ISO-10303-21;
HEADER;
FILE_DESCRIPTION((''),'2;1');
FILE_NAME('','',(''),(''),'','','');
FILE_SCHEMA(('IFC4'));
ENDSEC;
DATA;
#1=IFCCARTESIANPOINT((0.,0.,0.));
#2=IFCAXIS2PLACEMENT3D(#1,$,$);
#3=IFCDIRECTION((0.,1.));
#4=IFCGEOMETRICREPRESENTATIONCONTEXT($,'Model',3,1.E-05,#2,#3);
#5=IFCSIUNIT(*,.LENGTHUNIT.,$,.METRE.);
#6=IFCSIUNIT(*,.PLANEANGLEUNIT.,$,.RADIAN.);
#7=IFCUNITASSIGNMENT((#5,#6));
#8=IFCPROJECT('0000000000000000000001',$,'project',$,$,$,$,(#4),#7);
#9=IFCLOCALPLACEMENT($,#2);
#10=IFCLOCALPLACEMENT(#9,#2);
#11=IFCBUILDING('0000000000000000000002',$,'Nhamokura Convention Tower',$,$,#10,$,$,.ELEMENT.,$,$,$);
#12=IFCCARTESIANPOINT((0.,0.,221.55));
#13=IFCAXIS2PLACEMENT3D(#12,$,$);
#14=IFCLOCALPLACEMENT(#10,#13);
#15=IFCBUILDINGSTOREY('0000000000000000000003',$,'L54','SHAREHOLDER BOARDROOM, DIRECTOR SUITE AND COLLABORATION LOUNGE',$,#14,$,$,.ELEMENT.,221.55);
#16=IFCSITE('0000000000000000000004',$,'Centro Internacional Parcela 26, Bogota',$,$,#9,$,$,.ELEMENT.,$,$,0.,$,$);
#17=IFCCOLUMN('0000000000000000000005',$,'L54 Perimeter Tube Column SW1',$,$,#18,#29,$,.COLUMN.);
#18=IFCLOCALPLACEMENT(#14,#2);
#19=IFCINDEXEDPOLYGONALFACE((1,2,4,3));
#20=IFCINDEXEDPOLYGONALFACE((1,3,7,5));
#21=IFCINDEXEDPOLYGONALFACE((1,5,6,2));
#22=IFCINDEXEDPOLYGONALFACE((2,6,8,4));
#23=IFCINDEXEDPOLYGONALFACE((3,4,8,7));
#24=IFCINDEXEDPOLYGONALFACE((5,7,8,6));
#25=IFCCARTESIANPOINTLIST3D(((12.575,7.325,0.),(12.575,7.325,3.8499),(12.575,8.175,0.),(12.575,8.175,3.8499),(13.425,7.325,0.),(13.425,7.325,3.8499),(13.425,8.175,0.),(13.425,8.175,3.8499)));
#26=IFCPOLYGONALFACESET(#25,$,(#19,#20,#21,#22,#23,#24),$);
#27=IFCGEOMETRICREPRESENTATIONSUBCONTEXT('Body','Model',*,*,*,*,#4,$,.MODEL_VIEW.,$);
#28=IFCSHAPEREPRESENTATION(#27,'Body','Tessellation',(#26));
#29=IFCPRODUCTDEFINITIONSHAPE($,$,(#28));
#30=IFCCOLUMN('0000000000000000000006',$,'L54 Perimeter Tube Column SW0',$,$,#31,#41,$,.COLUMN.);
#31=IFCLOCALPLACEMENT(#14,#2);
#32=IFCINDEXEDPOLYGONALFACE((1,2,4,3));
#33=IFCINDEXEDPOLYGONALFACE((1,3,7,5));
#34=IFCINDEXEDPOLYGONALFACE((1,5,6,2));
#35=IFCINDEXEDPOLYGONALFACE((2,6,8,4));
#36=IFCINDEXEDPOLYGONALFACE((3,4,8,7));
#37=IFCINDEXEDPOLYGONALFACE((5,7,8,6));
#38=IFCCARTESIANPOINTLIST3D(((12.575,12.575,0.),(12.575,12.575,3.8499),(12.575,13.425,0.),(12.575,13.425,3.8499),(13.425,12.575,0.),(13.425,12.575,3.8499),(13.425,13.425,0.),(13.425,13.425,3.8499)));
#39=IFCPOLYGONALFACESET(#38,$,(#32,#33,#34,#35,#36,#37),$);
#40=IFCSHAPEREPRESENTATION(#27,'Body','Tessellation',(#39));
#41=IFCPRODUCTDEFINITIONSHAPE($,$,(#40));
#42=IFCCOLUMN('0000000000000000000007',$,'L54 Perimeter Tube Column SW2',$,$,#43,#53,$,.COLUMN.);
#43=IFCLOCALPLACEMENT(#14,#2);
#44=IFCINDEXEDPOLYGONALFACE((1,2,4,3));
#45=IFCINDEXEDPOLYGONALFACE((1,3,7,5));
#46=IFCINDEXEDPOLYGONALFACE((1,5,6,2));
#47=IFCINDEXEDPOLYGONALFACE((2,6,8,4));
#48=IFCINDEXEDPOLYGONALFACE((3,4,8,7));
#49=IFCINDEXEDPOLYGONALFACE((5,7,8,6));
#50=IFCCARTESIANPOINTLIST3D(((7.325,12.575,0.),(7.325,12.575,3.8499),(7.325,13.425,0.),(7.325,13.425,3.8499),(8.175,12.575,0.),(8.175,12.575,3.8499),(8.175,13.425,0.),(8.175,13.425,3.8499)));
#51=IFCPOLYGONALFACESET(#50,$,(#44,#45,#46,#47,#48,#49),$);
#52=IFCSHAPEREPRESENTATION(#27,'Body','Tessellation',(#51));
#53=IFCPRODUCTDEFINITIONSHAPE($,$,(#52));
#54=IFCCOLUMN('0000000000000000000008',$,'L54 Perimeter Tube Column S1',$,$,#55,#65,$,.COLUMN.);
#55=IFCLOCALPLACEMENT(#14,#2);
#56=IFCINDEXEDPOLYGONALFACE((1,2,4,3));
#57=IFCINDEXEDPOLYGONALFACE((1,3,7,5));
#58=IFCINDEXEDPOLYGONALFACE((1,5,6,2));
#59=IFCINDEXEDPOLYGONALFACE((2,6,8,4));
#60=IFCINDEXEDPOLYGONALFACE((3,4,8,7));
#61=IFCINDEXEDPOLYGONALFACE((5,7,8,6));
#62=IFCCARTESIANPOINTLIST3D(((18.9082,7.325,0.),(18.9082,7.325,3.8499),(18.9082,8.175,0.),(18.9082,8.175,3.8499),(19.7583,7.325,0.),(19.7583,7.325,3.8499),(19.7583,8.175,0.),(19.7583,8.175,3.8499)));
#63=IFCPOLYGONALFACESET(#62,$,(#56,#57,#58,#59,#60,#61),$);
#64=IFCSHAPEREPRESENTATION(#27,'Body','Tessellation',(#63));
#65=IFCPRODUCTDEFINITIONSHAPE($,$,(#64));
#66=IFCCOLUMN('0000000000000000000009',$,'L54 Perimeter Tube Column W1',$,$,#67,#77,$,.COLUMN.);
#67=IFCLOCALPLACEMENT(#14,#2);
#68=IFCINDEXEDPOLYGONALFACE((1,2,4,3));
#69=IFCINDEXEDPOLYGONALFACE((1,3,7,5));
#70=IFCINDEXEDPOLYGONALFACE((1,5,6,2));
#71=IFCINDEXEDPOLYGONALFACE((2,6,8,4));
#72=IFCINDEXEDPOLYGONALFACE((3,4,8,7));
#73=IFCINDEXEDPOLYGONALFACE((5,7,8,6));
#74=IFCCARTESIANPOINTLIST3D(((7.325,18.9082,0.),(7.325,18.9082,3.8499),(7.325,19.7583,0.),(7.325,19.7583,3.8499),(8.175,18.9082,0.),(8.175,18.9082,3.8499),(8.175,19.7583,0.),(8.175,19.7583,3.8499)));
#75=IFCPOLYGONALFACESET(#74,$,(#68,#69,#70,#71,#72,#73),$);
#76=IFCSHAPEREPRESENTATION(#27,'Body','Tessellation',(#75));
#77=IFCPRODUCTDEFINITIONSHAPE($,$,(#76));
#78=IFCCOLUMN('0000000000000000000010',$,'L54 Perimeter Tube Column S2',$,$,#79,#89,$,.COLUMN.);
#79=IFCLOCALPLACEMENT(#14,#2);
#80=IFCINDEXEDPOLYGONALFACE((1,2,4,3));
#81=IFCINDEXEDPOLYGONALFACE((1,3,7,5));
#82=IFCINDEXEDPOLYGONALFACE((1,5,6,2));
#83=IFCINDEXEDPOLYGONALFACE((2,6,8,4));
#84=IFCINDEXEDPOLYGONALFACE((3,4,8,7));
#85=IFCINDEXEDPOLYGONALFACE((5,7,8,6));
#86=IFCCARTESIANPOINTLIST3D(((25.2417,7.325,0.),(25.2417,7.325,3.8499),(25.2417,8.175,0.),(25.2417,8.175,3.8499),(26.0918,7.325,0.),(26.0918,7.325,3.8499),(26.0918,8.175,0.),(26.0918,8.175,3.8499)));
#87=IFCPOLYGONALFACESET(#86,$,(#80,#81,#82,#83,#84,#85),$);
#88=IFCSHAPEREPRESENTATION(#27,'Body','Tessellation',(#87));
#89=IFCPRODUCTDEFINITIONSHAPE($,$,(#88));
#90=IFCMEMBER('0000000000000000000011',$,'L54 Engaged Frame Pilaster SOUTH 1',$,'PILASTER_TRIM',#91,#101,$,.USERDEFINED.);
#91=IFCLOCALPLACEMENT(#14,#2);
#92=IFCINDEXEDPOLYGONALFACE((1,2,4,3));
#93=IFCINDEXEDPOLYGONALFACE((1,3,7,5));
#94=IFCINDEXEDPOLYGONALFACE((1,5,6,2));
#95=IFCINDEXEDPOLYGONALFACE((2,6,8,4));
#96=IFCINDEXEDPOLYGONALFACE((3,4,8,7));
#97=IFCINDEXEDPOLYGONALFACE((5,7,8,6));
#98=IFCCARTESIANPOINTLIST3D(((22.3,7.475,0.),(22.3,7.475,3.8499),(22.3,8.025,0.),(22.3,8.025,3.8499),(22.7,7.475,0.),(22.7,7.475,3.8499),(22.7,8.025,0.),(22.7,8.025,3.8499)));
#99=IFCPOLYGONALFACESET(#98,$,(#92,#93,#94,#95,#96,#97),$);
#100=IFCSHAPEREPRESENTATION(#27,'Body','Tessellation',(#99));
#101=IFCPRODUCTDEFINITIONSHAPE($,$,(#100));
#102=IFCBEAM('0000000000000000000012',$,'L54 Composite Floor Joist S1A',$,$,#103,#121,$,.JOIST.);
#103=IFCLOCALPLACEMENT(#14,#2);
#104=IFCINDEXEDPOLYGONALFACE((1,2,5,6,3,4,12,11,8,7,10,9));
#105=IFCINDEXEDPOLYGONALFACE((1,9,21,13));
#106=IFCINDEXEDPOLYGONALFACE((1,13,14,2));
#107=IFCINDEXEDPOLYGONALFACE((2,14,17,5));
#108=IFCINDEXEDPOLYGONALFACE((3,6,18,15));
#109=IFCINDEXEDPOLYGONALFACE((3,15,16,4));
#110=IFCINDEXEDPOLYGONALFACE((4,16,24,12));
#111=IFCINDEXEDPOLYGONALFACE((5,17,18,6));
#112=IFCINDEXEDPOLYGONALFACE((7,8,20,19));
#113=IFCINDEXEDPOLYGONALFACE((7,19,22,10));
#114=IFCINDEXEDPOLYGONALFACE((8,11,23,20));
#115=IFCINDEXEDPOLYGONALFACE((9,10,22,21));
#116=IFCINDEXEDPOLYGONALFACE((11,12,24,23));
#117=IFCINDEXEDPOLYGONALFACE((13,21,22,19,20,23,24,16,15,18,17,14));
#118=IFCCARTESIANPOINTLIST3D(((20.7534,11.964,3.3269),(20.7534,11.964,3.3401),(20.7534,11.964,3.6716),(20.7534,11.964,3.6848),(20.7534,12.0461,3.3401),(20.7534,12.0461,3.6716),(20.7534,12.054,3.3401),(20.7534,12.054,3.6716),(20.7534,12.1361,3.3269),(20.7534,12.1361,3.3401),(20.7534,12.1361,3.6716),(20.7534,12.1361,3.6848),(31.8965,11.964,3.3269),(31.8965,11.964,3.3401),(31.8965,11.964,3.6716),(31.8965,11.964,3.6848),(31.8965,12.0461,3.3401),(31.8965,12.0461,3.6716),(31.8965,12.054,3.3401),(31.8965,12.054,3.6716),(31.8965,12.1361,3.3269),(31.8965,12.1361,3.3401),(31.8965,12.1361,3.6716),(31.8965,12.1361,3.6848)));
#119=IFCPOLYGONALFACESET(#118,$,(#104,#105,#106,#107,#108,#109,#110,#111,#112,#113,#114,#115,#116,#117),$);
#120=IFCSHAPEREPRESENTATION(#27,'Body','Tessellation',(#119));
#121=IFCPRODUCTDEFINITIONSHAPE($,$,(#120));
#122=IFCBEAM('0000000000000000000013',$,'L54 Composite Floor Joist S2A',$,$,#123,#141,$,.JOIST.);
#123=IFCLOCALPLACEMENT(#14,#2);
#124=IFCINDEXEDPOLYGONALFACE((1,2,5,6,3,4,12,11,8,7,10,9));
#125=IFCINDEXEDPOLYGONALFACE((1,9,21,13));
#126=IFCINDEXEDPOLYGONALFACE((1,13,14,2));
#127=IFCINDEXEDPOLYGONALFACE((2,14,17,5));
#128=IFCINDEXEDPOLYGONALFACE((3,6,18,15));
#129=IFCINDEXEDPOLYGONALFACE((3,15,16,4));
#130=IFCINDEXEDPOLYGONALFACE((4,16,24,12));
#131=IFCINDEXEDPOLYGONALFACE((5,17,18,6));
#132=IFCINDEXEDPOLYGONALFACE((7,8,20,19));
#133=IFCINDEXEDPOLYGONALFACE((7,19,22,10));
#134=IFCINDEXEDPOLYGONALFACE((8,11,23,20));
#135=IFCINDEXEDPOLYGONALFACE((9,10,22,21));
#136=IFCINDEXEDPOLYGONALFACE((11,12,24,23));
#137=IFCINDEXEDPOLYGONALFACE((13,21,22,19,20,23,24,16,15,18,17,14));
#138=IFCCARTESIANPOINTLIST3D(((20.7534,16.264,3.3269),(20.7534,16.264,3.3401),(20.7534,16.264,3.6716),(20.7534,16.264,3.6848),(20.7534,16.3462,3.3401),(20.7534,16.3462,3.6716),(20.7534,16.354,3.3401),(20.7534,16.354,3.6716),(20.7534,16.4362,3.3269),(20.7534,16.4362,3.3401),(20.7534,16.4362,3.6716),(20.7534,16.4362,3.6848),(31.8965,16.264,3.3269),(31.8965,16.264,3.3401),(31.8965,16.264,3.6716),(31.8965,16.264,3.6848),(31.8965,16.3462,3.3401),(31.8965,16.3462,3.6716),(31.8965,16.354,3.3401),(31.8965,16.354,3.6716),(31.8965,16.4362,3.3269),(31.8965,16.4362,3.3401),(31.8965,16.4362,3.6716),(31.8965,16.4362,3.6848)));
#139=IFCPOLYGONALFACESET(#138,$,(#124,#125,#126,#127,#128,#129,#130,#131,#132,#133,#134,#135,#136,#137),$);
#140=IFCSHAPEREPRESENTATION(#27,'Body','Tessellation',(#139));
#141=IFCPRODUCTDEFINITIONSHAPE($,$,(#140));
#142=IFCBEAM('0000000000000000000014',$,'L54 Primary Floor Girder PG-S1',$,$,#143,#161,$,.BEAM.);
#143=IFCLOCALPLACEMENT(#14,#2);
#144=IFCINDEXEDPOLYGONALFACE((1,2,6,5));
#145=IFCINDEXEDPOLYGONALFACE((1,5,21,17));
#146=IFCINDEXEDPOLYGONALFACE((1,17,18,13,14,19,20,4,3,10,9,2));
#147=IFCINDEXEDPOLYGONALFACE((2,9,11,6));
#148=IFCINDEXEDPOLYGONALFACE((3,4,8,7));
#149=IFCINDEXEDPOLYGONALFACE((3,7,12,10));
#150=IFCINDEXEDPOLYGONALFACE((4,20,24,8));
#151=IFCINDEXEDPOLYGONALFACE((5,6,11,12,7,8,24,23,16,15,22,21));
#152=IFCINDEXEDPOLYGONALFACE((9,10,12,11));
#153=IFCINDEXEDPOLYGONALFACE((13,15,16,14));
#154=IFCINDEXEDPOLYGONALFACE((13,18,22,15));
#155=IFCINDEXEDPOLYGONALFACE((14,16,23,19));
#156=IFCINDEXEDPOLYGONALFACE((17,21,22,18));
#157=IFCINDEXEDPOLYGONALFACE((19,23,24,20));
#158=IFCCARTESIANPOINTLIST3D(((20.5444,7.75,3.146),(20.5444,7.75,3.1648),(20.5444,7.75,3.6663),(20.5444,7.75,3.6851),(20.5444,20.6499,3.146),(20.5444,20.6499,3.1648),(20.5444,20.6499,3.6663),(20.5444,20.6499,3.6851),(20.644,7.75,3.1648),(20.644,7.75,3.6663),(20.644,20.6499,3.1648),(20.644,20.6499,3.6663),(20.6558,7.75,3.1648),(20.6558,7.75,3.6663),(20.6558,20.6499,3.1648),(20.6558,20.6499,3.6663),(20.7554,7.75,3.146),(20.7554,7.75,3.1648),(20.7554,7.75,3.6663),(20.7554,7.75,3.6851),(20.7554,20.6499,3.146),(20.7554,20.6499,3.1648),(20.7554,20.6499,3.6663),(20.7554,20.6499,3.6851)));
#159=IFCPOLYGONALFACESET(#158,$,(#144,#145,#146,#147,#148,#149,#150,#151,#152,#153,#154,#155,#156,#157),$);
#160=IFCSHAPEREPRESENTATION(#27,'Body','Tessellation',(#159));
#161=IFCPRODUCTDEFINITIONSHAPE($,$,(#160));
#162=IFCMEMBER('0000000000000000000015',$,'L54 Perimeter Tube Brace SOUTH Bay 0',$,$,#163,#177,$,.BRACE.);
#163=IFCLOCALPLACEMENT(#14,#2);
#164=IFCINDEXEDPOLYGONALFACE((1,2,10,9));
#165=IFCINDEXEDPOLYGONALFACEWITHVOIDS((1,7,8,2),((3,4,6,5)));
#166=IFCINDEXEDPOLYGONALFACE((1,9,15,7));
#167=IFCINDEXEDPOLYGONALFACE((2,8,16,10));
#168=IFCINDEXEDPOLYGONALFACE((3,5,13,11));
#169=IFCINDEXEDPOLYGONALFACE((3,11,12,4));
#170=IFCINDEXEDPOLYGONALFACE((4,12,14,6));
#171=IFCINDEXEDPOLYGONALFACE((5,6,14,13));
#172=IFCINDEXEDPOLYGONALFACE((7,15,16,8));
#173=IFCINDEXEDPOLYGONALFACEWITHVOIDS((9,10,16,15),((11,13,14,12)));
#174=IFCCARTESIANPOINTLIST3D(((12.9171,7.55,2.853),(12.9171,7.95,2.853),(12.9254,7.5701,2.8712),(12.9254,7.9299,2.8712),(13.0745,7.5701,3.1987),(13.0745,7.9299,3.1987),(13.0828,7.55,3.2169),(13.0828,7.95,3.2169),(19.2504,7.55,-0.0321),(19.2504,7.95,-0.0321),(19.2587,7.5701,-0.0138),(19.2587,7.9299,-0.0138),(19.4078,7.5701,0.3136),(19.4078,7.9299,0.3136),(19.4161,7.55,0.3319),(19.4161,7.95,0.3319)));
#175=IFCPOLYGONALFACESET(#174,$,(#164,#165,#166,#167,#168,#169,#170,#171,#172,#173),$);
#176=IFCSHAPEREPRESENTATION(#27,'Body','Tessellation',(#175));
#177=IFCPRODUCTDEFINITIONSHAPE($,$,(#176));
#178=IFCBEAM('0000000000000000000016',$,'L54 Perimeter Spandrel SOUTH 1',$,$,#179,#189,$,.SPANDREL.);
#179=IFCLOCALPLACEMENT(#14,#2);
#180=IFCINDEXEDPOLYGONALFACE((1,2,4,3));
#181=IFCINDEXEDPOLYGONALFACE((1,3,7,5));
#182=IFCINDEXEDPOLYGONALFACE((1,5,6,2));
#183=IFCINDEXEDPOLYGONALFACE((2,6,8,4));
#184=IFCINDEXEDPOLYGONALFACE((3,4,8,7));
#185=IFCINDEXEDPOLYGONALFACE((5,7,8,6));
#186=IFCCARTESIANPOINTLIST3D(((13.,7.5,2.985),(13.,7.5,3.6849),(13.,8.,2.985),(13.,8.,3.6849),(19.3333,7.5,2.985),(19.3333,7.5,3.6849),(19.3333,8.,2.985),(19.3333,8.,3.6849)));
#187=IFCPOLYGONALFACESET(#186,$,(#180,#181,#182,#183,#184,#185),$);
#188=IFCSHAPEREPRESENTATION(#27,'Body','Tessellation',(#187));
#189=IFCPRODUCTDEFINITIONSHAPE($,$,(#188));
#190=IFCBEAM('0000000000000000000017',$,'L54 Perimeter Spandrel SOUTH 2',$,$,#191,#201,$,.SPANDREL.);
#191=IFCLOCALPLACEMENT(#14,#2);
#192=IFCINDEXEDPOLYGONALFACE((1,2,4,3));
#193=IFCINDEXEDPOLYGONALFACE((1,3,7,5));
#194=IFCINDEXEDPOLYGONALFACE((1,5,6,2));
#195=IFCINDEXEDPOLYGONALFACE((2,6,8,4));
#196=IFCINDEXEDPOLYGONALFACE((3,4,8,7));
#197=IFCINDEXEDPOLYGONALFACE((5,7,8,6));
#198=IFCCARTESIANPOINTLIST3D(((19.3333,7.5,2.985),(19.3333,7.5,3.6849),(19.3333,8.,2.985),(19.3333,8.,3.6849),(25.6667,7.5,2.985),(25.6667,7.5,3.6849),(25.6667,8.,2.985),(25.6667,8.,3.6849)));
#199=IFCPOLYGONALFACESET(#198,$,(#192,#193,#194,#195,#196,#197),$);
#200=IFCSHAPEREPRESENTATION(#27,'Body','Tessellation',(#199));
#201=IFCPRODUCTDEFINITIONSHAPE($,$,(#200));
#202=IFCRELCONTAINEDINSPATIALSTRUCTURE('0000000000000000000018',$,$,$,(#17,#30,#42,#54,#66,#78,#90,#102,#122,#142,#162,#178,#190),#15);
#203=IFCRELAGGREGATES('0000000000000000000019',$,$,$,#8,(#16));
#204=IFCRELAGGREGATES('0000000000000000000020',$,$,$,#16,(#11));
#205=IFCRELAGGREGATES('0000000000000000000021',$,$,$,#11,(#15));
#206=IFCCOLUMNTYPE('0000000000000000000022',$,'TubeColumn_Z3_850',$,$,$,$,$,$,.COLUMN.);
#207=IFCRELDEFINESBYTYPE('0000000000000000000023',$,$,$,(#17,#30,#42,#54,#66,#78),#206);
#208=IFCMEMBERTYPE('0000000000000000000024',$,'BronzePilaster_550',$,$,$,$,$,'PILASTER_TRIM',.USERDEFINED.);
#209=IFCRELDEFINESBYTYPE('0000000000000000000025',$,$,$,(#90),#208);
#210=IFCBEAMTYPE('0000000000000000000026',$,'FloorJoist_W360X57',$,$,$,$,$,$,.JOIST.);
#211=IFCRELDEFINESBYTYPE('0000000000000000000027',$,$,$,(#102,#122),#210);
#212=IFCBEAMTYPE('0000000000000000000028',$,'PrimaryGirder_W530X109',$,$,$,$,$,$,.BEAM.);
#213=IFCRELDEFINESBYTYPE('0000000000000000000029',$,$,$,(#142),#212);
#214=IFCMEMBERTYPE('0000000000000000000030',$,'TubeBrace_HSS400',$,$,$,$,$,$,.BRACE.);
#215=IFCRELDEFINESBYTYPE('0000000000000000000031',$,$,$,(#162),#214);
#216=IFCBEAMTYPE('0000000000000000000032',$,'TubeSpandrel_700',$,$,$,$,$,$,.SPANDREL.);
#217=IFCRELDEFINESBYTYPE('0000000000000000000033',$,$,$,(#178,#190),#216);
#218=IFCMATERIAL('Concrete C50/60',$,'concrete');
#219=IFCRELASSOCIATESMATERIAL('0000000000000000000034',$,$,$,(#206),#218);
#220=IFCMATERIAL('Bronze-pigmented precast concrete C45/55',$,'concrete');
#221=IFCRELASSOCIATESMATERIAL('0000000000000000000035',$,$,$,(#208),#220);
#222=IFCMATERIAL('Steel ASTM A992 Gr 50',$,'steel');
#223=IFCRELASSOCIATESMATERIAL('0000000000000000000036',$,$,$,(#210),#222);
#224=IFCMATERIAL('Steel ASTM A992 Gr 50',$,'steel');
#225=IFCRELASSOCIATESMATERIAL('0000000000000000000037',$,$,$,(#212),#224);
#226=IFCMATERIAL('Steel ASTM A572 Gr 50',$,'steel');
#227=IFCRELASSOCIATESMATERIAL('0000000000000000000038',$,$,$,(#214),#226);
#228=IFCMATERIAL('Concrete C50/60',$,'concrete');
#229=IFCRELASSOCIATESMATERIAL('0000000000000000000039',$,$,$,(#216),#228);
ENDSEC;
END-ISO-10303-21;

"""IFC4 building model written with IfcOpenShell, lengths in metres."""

from ifc_helpers import new_model, si_unit, direction, frame, origin, origin_2d, place, context, subcontext, project, spatial, rectangle, hollow_rectangle, i_section, extrude, material, material_profile, profile_set, type_object, element, save


model = new_model("IFC4")

# Units and contexts
model_context = context("Model", 3, precision=1e-05, world=origin(), true_north=direction((0.0, 1.0)))
body_context = subcontext(model_context, "Body", "Model", "MODEL_VIEW")
ifc_project = project(units=[si_unit("LENGTHUNIT", "METRE"), si_unit("PLANEANGLEUNIT", "RADIAN")], contexts=[model_context])

# Site, building, storey
site_placement = place(None, origin())
site = spatial("IfcSite", under=ifc_project, at=site_placement, Name="Centro Internacional Parcela 26, Bogota", CompositionType="ELEMENT", RefElevation=0.0)
building_placement = place(site_placement, origin())
building = spatial("IfcBuilding", under=site, at=building_placement, Name="Nhamokura Convention Tower", CompositionType="ELEMENT")
storey_placement = place(building_placement, frame((0.0, 0.0, 221.55)))
storey = spatial("IfcBuildingStorey", under=building, at=storey_placement, Name="L54", Description="SHAREHOLDER BOARDROOM, DIRECTOR SUITE AND COLLABORATION LOUNGE", CompositionType="ELEMENT", Elevation=221.55)

# Columns
ifc_material_1 = material(Name="Concrete C50/60", Category="concrete")
ifc_material_profile_1 = material_profile(ifc_material_1, rectangle(XDim=0.8501, YDim=0.8501, at=origin_2d()))
ifc_profile_set_1 = profile_set([ifc_material_profile_1], Name="Concrete C50/60")
column_type = type_object("IfcColumnType", Name="TubeColumn_Z3_850", PredefinedType="COLUMN", material=ifc_profile_set_1)
for number, where, z_axis, x_axis, name in (
    (1, (13.0, 7.75, 0.0), (0.0, 0.0, 1.0), (1.0, 0.0, 0.0), "L54 Perimeter Tube Column SW1"),
    (2, (13.0, 13.0, 0.0), (0.0, 0.0, 1.0), (1.0, 0.0, 0.0), "L54 Perimeter Tube Column SW0"),
    (3, (7.75, 13.0, 0.0), (0.0, 0.0, 1.0), (1.0, 0.0, 0.0), "L54 Perimeter Tube Column SW2"),
    (4, (19.3333, 7.75, 0.0), (0.0, 0.0, 1.0), (1.0, 0.0, 0.0), "L54 Perimeter Tube Column S1"),
    (5, (7.75, 19.3333, 0.0), (0.0, 0.0, 1.0), (1.0, 0.0, 0.0), "L54 Perimeter Tube Column W1"),
    (6, (25.6667, 7.75, 0.0), (0.0, 0.0, 1.0), (1.0, 0.0, 0.0), "L54 Perimeter Tube Column S2"),
):
    element("IfcColumn", number, at=place(storey_placement, frame(where, z_axis=z_axis, x_axis=x_axis)), inside=storey, type_object=column_type, Name=name, PredefinedType="COLUMN", context=body_context, shape_type="SweptSolid", body=[
        extrude(rectangle(XDim=0.8501, YDim=0.8501, at=origin_2d()), origin(), (0.0, 0.0, 1.0), 3.8499),
    ])

# Member
ifc_material_2 = material(Name="Bronze-pigmented precast concrete C45/55", Category="concrete")
ifc_material_profile_2 = material_profile(ifc_material_2, rectangle(XDim=0.3999, YDim=0.55, at=origin_2d()))
ifc_profile_set_2 = profile_set([ifc_material_profile_2], Name="Bronze-pigmented precast concrete C45/55")
member_type_1 = type_object("IfcMemberType", Name="BronzePilaster_550", ElementType="PILASTER_TRIM", PredefinedType="USERDEFINED", material=ifc_profile_set_2)
member_1_placement = place(storey_placement, frame((22.5, 7.75, 0.0), z_axis=(0.0, 0.0, 1.0), x_axis=(1.0, 0.0, 0.0)))
element("IfcMember", 7, at=member_1_placement, inside=storey, type_object=member_type_1, Name="L54 Engaged Frame Pilaster SOUTH 1", ObjectType="PILASTER_TRIM", PredefinedType="USERDEFINED", context=body_context, shape_type="SweptSolid", body=[
    extrude(rectangle(XDim=0.3999, YDim=0.55, at=origin_2d()), origin(), (0.0, 0.0, 1.0), 3.8499),
])

# Beams
ifc_material_3 = material(Name="Steel ASTM A992 Gr 50", Category="steel")
ifc_material_profile_3 = material_profile(ifc_material_3, i_section(OverallWidth=0.1721, OverallDepth=0.3579, WebThickness=0.0078, FlangeThickness=0.0132, at=origin_2d()))
ifc_profile_set_3 = profile_set([ifc_material_profile_3], Name="Steel ASTM A992 Gr 50")
beam_type_1 = type_object("IfcBeamType", Name="FloorJoist_W360X57", PredefinedType="JOIST", material=ifc_profile_set_3)
for number, where, z_axis, x_axis, name in (
    (8, (20.7534, 12.05, 3.5059), (1.0, 0.0, 0.0), (0.0, 1.0, 0.0), "L54 Composite Floor Joist S1A"),
    (9, (20.7534, 16.3501, 3.5059), (1.0, 0.0, 0.0), (0.0, 1.0, 0.0), "L54 Composite Floor Joist S2A"),
):
    element("IfcBeam", number, at=place(storey_placement, frame(where, z_axis=z_axis, x_axis=x_axis)), inside=storey, type_object=beam_type_1, Name=name, PredefinedType="JOIST", context=body_context, shape_type="SweptSolid", body=[
        extrude(i_section(OverallWidth=0.1721, OverallDepth=0.3579, WebThickness=0.0078, FlangeThickness=0.0132, at=origin_2d()), origin(), (0.0, 0.0, 1.0), 11.1431),
    ])
ifc_material_4 = material(Name="Steel ASTM A992 Gr 50", Category="steel")
ifc_material_profile_4 = material_profile(ifc_material_4, i_section(OverallWidth=0.2109, OverallDepth=0.5391, WebThickness=0.0117, FlangeThickness=0.0188, at=origin_2d()))
ifc_profile_set_4 = profile_set([ifc_material_profile_4], Name="Steel ASTM A992 Gr 50")
beam_type_2 = type_object("IfcBeamType", Name="PrimaryGirder_W530X109", PredefinedType="BEAM", material=ifc_profile_set_4)
beam_1_placement = place(storey_placement, frame((20.6499, 7.75, 3.4155), z_axis=(0.0, 1.0, 0.0), x_axis=(-1.0, 0.0, 0.0)))
element("IfcBeam", 10, at=beam_1_placement, inside=storey, type_object=beam_type_2, Name="L54 Primary Floor Girder PG-S1", PredefinedType="BEAM", context=body_context, shape_type="SweptSolid", body=[
    extrude(i_section(OverallWidth=0.2109, OverallDepth=0.5391, WebThickness=0.0117, FlangeThickness=0.0188, at=origin_2d()), origin(), (0.0, 0.0, 1.0), 12.8999),
])

# Member
ifc_material_5 = material(Name="Steel ASTM A572 Gr 50", Category="steel")
ifc_material_profile_5 = material_profile(ifc_material_5, hollow_rectangle(XDim=0.3999, YDim=0.3999, WallThickness=0.02, at=origin_2d()))
ifc_profile_set_5 = profile_set([ifc_material_profile_5], Name="Steel ASTM A572 Gr 50")
member_type_2 = type_object("IfcMemberType", Name="TubeBrace_HSS400", PredefinedType="BRACE", material=ifc_profile_set_5)
member_2_placement = place(storey_placement, frame((19.3333, 7.75, 0.1499), z_axis=(-0.910027, 0.0, 0.414548), x_axis=(0.0, -1.0, 0.0)))
element("IfcMember", 11, at=member_2_placement, inside=storey, type_object=member_type_2, Name="L54 Perimeter Tube Brace SOUTH Bay 0", PredefinedType="BRACE", context=body_context, shape_type="SweptSolid", body=[
    extrude(hollow_rectangle(XDim=0.3999, YDim=0.3999, WallThickness=0.02, at=origin_2d()), origin(), (0.0, 0.0, 1.0), 6.9595),
])

# Beams
ifc_material_6 = material(Name="Concrete C50/60", Category="concrete")
ifc_material_profile_6 = material_profile(ifc_material_6, rectangle(XDim=0.5, YDim=0.7, at=origin_2d()))
ifc_profile_set_6 = profile_set([ifc_material_profile_6], Name="Concrete C50/60")
beam_type_3 = type_object("IfcBeamType", Name="TubeSpandrel_700", PredefinedType="SPANDREL", material=ifc_profile_set_6)
beam_2_placement = place(storey_placement, frame((13.0, 7.75, 3.335), z_axis=(1.0, 0.0, 0.0), x_axis=(0.0, 1.0, 0.0)))
element("IfcBeam", 12, at=beam_2_placement, inside=storey, type_object=beam_type_3, Name="L54 Perimeter Spandrel SOUTH 1", PredefinedType="SPANDREL", context=body_context, shape_type="SweptSolid", body=[
    extrude(rectangle(XDim=0.5, YDim=0.7, at=origin_2d()), origin(), (0.0, 0.0, 1.0), 6.3333),
])
beam_3_placement = place(storey_placement, frame((19.3333, 7.75, 3.335), z_axis=(1.0, 0.0, 0.0), x_axis=(0.0, 1.0, 0.0)))
element("IfcBeam", 13, at=beam_3_placement, inside=storey, type_object=beam_type_3, Name="L54 Perimeter Spandrel SOUTH 2", PredefinedType="SPANDREL", context=body_context, shape_type="SweptSolid", body=[
    extrude(rectangle(XDim=0.5, YDim=0.7, at=origin_2d()), origin(), (0.0, 0.0, 1.0), 6.3335),
])

save(model, "model.ifc")
